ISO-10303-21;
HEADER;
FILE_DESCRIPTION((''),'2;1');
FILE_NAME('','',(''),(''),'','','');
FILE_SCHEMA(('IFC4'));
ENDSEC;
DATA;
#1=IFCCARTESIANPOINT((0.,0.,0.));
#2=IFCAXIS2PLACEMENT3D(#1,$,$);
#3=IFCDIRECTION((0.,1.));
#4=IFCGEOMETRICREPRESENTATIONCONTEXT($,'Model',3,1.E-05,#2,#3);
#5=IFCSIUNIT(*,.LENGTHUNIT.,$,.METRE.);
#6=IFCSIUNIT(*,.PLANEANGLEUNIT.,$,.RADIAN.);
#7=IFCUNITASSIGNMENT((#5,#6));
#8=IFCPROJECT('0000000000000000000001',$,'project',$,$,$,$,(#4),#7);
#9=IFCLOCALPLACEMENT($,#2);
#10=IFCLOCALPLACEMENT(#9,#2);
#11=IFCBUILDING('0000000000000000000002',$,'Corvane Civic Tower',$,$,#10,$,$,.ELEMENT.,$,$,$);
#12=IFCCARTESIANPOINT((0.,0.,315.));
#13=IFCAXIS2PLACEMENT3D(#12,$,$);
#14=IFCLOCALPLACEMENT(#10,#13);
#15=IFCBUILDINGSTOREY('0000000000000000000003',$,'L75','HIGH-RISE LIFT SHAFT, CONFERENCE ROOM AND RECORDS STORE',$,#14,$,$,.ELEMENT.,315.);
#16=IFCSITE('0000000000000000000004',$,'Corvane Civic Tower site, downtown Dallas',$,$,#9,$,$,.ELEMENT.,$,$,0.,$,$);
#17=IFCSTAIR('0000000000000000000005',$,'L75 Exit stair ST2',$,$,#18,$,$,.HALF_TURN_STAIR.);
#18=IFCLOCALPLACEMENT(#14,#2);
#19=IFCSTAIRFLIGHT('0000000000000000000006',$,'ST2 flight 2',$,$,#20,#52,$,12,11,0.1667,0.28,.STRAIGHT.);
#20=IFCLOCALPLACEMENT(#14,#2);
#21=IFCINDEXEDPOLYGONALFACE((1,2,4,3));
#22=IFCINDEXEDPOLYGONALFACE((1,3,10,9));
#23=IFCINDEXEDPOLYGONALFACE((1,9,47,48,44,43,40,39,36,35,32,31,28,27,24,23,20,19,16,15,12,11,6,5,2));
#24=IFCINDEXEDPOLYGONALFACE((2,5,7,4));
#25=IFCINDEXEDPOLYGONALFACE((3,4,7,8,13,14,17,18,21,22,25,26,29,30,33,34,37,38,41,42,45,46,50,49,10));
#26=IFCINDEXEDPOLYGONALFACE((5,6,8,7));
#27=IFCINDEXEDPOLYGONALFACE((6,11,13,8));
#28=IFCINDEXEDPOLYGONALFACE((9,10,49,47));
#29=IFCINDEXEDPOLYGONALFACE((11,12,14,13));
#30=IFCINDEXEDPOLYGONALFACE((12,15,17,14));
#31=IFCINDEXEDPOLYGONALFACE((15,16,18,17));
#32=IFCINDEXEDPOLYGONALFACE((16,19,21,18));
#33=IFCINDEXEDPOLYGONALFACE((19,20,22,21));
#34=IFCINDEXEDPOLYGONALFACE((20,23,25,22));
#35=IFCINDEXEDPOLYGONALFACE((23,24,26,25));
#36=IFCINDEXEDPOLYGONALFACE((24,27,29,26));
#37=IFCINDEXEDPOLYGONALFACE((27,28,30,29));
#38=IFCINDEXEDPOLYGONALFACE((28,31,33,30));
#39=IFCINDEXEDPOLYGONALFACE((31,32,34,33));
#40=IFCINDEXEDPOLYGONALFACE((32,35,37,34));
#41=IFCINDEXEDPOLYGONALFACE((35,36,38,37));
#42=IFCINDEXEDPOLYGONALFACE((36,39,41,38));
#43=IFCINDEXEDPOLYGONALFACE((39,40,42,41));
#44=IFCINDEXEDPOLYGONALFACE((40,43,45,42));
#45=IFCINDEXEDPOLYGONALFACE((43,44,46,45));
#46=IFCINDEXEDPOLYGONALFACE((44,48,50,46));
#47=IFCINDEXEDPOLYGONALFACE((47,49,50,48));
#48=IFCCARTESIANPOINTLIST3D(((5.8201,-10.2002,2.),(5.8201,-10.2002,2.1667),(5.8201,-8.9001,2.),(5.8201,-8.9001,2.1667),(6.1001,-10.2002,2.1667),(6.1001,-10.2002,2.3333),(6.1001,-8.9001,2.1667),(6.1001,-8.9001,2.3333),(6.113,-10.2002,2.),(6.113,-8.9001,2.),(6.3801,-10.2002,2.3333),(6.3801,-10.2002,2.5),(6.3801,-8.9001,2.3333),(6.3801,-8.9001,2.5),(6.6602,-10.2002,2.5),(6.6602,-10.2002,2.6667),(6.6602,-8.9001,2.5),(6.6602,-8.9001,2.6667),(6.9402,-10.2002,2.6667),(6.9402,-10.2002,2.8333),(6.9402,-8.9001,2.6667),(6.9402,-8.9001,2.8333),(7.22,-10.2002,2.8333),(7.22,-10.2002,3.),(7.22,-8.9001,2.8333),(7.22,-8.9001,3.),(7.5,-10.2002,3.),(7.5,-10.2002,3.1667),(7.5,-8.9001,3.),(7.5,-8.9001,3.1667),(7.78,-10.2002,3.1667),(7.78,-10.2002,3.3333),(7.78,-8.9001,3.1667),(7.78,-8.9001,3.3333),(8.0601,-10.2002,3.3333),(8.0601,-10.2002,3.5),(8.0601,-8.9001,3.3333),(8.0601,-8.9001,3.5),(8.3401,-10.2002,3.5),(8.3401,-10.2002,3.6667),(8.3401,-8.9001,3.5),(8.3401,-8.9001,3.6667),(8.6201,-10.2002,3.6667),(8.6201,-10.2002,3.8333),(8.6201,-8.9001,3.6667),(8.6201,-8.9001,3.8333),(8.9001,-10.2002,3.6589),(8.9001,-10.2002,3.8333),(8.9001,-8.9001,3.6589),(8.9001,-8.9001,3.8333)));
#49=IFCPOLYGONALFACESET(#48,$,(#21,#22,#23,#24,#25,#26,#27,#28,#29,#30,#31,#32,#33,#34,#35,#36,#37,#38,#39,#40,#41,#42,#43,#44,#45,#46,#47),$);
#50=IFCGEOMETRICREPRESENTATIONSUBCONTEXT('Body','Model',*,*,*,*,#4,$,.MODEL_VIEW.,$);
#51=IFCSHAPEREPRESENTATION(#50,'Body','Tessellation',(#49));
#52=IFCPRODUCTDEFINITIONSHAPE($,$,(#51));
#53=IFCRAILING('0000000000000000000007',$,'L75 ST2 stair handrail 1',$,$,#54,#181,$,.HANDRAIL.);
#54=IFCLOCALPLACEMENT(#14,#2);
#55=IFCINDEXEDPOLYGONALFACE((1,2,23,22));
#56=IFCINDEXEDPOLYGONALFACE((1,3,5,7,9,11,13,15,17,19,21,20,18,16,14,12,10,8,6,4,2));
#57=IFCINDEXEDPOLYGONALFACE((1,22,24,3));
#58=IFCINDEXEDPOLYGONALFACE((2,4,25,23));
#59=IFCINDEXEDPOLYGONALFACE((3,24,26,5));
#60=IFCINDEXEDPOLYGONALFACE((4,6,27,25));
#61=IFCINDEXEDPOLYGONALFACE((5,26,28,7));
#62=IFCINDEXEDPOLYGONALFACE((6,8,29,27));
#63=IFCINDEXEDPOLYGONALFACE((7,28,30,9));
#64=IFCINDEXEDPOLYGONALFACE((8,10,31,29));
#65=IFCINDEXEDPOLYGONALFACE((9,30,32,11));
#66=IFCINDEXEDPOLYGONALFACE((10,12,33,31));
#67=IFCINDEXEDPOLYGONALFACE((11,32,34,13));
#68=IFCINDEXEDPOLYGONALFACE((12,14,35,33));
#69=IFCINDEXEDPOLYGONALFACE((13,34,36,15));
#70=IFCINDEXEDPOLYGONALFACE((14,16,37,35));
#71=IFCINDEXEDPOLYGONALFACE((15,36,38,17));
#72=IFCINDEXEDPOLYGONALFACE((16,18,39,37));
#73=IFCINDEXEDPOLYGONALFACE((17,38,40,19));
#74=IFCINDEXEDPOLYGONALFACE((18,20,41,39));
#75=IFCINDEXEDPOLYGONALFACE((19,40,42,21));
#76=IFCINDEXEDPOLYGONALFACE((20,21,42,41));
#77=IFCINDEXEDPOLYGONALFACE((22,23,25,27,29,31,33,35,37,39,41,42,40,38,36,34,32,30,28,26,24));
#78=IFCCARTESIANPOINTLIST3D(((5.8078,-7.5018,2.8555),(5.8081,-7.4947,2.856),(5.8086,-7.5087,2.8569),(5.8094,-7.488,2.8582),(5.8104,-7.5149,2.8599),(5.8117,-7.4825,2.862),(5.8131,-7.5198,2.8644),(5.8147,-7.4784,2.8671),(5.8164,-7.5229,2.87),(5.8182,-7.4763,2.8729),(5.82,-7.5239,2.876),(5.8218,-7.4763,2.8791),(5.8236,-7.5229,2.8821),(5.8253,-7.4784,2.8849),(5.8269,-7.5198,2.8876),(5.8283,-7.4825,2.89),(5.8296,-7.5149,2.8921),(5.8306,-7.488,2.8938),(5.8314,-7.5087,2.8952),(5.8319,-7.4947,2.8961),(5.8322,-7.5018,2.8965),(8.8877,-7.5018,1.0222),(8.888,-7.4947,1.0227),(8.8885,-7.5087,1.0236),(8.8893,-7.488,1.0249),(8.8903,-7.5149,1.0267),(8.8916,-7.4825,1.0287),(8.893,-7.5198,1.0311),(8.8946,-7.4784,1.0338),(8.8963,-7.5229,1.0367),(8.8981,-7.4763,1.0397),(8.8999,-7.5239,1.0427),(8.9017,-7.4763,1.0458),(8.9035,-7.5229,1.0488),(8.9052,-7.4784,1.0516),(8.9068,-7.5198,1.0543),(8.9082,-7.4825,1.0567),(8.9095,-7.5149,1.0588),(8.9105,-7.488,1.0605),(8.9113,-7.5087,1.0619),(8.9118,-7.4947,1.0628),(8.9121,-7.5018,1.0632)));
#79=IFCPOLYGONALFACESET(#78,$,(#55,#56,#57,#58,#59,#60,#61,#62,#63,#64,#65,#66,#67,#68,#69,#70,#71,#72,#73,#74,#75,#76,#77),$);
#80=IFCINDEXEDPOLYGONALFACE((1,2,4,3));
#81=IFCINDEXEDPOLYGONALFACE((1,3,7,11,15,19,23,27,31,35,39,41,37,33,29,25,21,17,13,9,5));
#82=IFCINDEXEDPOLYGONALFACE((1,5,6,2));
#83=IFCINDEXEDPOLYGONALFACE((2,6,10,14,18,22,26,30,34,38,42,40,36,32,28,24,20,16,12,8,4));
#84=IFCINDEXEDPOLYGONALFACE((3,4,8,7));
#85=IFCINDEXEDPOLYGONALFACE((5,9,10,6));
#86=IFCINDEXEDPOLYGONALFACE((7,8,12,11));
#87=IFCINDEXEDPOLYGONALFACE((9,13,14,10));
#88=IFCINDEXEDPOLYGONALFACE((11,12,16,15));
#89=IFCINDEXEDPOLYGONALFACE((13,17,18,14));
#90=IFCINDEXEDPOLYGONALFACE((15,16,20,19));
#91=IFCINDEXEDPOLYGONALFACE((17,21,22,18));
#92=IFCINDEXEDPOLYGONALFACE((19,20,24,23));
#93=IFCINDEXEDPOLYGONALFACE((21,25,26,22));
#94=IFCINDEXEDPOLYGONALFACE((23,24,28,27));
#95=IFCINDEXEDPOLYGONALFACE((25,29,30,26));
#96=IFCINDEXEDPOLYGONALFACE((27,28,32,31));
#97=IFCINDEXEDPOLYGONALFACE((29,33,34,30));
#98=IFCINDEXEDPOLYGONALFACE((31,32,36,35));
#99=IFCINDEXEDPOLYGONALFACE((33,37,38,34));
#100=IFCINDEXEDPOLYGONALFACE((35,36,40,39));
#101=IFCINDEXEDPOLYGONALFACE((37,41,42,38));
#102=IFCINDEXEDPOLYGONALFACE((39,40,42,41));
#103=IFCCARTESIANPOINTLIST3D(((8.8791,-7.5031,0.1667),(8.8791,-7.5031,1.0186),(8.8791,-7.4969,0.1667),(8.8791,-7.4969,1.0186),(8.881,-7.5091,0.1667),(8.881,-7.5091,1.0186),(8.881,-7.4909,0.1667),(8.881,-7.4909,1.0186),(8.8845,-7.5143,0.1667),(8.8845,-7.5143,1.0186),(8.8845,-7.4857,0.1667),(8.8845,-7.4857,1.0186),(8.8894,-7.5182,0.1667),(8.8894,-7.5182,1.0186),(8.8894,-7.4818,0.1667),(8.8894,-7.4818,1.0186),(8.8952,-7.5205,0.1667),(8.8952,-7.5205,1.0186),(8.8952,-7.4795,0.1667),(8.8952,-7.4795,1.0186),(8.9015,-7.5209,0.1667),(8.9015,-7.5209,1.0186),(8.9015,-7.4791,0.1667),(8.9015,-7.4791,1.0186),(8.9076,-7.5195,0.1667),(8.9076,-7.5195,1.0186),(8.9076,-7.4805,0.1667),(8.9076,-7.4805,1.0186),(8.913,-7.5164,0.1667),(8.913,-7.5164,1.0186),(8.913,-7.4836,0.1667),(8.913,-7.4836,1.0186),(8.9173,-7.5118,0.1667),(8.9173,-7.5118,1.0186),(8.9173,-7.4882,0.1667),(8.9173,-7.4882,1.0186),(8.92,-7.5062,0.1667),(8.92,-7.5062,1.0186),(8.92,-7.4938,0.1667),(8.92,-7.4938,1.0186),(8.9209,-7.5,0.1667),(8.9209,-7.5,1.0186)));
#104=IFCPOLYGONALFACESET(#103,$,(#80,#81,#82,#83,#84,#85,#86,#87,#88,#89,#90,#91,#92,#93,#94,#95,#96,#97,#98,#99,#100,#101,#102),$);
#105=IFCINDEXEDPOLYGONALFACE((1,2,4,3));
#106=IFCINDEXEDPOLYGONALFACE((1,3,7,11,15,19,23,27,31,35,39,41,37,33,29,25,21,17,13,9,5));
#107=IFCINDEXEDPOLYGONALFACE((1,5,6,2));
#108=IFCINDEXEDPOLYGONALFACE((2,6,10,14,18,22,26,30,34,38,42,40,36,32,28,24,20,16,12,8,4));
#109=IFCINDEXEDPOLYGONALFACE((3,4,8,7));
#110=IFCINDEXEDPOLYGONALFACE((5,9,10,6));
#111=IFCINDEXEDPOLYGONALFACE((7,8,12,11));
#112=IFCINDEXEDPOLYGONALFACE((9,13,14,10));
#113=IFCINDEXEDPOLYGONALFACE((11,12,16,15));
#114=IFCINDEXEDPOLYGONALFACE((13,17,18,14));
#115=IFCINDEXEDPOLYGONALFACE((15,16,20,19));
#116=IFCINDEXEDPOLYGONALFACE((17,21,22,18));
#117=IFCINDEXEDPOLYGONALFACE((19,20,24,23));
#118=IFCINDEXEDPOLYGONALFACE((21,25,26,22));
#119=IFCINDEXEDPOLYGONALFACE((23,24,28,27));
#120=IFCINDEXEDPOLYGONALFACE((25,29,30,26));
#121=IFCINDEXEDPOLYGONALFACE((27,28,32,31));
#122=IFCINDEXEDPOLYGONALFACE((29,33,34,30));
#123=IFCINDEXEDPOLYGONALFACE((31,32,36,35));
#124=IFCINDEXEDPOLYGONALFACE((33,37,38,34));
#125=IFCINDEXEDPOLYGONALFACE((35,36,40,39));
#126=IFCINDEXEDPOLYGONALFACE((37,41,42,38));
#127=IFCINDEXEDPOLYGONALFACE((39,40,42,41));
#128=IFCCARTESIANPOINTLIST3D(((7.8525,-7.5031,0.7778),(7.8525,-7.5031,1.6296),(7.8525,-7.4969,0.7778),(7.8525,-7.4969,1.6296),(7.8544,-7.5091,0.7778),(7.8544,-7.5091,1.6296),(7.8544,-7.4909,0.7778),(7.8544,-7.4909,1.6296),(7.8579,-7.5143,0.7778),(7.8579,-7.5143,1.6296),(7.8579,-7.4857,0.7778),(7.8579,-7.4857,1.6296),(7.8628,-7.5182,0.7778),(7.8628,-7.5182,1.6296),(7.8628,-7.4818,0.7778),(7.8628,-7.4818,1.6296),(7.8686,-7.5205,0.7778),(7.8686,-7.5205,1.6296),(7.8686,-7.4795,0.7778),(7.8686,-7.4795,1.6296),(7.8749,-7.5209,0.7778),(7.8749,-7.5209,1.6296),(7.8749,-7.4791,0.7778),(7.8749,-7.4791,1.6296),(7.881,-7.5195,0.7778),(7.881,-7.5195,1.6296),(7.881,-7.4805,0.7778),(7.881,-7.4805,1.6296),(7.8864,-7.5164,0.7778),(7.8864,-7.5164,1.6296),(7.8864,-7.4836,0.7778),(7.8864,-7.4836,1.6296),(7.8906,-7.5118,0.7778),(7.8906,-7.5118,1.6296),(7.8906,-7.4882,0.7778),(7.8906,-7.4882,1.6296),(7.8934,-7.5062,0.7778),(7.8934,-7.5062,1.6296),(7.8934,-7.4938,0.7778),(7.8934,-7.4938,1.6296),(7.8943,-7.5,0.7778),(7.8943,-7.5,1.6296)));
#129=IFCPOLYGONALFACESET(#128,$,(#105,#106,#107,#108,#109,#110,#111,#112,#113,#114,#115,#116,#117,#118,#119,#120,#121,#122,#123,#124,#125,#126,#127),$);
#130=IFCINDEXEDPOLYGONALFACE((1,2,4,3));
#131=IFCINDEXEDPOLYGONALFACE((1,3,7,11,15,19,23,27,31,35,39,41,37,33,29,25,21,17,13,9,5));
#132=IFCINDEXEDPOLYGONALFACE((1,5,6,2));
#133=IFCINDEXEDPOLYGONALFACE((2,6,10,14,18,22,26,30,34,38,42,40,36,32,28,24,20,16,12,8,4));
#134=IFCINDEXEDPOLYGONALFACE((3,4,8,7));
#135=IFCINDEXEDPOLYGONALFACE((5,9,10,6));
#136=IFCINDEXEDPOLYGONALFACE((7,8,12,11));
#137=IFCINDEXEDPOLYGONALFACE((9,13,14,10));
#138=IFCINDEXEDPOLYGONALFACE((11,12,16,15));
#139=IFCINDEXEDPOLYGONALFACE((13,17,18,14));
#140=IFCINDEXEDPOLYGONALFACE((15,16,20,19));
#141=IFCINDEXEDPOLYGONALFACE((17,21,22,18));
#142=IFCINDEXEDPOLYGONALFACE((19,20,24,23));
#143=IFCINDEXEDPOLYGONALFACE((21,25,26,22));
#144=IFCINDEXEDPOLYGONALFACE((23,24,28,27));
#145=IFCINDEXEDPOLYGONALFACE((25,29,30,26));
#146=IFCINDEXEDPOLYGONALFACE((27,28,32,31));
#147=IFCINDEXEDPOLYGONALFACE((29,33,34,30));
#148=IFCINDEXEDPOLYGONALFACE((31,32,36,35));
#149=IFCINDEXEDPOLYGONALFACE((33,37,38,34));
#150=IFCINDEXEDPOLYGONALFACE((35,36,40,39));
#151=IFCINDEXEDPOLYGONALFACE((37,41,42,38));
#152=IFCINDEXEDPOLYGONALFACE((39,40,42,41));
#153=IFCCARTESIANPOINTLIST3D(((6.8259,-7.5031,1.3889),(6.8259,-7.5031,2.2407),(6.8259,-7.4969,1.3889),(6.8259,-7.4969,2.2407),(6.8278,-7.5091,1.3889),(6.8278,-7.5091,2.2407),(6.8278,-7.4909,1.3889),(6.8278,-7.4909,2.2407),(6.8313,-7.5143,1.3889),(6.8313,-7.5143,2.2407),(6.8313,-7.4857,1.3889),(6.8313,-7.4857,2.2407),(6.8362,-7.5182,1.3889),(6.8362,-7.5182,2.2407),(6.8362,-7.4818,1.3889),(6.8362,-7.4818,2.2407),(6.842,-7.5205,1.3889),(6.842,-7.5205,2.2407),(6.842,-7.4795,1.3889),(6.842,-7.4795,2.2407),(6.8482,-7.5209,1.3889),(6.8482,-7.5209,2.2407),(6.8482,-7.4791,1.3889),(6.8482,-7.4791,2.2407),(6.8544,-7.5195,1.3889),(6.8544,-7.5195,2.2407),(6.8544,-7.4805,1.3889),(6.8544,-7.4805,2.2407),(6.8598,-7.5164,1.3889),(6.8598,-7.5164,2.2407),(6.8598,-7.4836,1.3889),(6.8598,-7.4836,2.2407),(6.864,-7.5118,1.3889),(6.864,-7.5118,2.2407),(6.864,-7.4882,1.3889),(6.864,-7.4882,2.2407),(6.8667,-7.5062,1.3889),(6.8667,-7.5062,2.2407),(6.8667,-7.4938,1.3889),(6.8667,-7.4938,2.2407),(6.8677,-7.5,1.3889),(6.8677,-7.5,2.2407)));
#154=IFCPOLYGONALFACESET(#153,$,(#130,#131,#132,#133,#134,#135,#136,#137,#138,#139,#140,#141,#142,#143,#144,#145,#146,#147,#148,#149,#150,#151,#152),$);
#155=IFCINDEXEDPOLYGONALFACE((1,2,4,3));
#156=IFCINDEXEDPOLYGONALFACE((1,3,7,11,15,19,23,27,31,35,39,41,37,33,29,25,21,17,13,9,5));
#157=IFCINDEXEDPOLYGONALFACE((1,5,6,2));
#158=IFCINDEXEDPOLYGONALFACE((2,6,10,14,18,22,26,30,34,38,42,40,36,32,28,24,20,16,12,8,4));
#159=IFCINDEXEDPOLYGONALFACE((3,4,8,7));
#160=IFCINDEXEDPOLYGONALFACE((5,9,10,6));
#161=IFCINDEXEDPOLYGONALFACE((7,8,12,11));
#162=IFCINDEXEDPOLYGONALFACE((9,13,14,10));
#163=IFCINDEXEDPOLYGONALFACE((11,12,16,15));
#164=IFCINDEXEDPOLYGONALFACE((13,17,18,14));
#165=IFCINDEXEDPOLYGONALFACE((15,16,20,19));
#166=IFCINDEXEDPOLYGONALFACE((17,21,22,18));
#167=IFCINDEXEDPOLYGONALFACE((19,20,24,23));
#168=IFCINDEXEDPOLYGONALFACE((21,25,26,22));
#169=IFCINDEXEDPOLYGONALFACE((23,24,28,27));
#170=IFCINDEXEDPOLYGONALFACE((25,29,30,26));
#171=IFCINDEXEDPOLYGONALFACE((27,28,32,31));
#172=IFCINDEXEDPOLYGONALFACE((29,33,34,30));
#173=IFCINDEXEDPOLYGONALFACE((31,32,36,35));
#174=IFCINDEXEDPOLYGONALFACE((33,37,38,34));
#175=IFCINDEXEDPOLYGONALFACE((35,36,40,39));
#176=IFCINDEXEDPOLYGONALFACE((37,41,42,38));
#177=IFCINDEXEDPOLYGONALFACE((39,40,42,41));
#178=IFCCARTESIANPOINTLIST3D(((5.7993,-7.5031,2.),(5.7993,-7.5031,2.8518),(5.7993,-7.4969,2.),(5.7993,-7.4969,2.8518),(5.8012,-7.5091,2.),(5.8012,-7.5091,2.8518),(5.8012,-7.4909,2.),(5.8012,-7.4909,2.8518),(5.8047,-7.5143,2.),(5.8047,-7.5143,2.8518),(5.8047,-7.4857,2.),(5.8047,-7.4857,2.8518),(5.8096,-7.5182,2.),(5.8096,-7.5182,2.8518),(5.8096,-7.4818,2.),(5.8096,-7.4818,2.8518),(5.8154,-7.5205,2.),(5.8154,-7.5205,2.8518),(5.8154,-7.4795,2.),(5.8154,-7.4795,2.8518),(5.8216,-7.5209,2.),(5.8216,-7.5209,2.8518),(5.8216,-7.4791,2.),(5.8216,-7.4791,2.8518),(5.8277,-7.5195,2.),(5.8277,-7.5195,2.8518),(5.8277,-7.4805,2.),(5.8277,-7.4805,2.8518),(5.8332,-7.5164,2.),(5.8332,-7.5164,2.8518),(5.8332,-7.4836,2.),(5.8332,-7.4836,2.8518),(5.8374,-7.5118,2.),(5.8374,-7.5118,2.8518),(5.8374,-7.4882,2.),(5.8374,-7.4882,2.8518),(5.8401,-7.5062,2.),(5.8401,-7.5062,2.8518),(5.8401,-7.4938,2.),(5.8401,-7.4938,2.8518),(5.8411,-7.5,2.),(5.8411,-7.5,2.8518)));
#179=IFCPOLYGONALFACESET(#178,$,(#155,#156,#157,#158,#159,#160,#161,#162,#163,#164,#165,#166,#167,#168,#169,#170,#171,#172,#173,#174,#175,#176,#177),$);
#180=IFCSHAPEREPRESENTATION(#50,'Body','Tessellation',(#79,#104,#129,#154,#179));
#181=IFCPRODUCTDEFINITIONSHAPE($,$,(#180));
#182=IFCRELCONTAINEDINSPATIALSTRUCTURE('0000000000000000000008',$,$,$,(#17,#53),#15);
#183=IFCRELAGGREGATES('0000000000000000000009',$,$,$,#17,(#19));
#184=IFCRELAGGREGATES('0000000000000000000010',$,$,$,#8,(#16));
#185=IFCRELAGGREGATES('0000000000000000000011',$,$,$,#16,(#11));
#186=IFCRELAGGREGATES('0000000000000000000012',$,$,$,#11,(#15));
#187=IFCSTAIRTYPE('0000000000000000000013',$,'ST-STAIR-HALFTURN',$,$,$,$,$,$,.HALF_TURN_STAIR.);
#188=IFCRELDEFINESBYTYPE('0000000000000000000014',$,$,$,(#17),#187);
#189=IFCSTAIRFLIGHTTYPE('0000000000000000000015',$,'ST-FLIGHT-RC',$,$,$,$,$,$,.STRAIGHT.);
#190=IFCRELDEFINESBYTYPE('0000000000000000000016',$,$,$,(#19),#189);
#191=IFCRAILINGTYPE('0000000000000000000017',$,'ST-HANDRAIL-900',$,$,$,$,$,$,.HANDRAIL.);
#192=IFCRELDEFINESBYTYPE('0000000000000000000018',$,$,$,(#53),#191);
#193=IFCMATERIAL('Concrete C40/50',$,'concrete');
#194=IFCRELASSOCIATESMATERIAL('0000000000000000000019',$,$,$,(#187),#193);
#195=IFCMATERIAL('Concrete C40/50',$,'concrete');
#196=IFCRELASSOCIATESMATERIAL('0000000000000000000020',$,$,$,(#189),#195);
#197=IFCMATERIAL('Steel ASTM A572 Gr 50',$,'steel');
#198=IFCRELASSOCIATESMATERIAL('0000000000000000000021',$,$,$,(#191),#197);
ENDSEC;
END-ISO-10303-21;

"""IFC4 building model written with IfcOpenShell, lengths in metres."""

from ifc_helpers import new_model, si_unit, direction, frame, origin, origin_2d, place, context, subcontext, project, spatial, polyline, circle, outline, extrude, material, type_object, element, aggregate, save


model = new_model("IFC4")

# Units and contexts
model_context = context("Model", 3, precision=1e-05, world=origin(), true_north=direction((0.0, 1.0)))
body_context = subcontext(model_context, "Body", "Model", "MODEL_VIEW")
ifc_project = project(units=[si_unit("LENGTHUNIT", "METRE"), si_unit("PLANEANGLEUNIT", "RADIAN")], contexts=[model_context])

# Site, building, storey
site_placement = place(None, origin())
site = spatial("IfcSite", under=ifc_project, at=site_placement, Name="Corvane Civic Tower site, downtown Dallas", CompositionType="ELEMENT", RefElevation=0.0)
building_placement = place(site_placement, origin())
building = spatial("IfcBuilding", under=site, at=building_placement, Name="Corvane Civic Tower", CompositionType="ELEMENT")
storey_placement = place(building_placement, frame((0.0, 0.0, 315.0)))
storey = spatial("IfcBuildingStorey", under=building, at=storey_placement, Name="L75", Description="HIGH-RISE LIFT SHAFT, CONFERENCE ROOM AND RECORDS STORE", CompositionType="ELEMENT", Elevation=315.0)

# Stair, stair flight
ifc_material_1 = material(Name="Concrete C40/50", Category="concrete")
stair_type = type_object("IfcStairType", Name="ST-STAIR-HALFTURN", PredefinedType="HALF_TURN_STAIR", material=ifc_material_1)
stair_placement = place(storey_placement, origin())
stair = element("IfcStair", 1, at=stair_placement, inside=storey, type_object=stair_type, Name="L75 Exit stair ST2", PredefinedType="HALF_TURN_STAIR")
ifc_material_2 = material(Name="Concrete C40/50", Category="concrete")
stair_flight_type = type_object("IfcStairFlightType", Name="ST-FLIGHT-RC", PredefinedType="STRAIGHT", material=ifc_material_2)
stair_flight_1_placement = place(storey_placement, frame((5.8201, -9.55, 2.0), z_axis=(0.0, 0.0, 1.0), x_axis=(1.0, 0.0, 0.0)))
stair_flight_1 = element("IfcStairFlight", 2, at=stair_flight_1_placement, type_object=stair_flight_type, Name="ST2 flight 2", NumberOfRisers=12, NumberOfTreads=11, PredefinedType="STRAIGHT", RiserHeight=0.1667, TreadLength=0.28, context=body_context, shape_type="SweptSolid", body=[
    extrude(outline(polyline([(0.0, 0.0), (0.0, 0.1667), (0.28, 0.1667), (0.28, 0.3333), (0.5601, 0.3333), (0.5601, 0.5), (0.8401, 0.5), (0.8401, 0.6667), (1.1201, 0.6667), (1.1201, 0.8333), (1.3999, 0.8333), (1.3999, 1.0), (1.6799, 1.0), (1.6799, 1.1667), (1.96, 1.1667), (1.96, 1.3333), (2.24, 1.3333), (2.24, 1.5), (2.52, 1.5), (2.52, 1.6667), (2.8, 1.6667), (2.8, 1.8333), (3.0801, 1.8333), (3.0801, 2.0), (3.0801, 1.6589), (0.293, 0.0), (0.0, 0.0)])), frame((0.0, 0.6499, 0.0), z_axis=(0.0, -1.0, 0.0), x_axis=(1.0, 0.0, 0.0)), (0.0, 0.0, 1.0), 1.3),
])
aggregate(stair, [stair_flight_1])

# Railing
ifc_material_3 = material(Name="Steel ASTM A572 Gr 50", Category="steel")
railing_type_1 = type_object("IfcRailingType", Name="ST-HANDRAIL-900", PredefinedType="HANDRAIL", material=ifc_material_3)
railing_1_placement = place(storey_placement, frame((8.8999, -7.5, 0.1667)))
element("IfcRailing", 3, at=railing_1_placement, inside=storey, type_object=railing_type_1, Name="L75 ST2 stair handrail 1", PredefinedType="HANDRAIL", context=body_context, shape_type="SweptSolid", body=[
    extrude(circle(Radius=0.0239, at=origin_2d()), frame((0.0, 0.0, 0.876), z_axis=(-0.859291, 0.0, 0.511487), x_axis=(0.0, -1.0, 0.0)), (0.0, 0.0, 1.0), 3.5842),
    extrude(circle(Radius=0.021, at=origin_2d()), origin(), (0.0, 0.0, 1.0), 0.8518),
    extrude(circle(Radius=0.021, at=origin_2d()), frame((-1.0266, 0.0, 0.6111)), (0.0, 0.0, 1.0), 0.8518),
    extrude(circle(Radius=0.021, at=origin_2d()), frame((-2.0532, 0.0, 1.2222)), (0.0, 0.0, 1.0), 0.8518),
    extrude(circle(Radius=0.021, at=origin_2d()), frame((-3.0798, 0.0, 1.8333)), (0.0, 0.0, 1.0), 0.8518),
])

save(model, "model.ifc")
